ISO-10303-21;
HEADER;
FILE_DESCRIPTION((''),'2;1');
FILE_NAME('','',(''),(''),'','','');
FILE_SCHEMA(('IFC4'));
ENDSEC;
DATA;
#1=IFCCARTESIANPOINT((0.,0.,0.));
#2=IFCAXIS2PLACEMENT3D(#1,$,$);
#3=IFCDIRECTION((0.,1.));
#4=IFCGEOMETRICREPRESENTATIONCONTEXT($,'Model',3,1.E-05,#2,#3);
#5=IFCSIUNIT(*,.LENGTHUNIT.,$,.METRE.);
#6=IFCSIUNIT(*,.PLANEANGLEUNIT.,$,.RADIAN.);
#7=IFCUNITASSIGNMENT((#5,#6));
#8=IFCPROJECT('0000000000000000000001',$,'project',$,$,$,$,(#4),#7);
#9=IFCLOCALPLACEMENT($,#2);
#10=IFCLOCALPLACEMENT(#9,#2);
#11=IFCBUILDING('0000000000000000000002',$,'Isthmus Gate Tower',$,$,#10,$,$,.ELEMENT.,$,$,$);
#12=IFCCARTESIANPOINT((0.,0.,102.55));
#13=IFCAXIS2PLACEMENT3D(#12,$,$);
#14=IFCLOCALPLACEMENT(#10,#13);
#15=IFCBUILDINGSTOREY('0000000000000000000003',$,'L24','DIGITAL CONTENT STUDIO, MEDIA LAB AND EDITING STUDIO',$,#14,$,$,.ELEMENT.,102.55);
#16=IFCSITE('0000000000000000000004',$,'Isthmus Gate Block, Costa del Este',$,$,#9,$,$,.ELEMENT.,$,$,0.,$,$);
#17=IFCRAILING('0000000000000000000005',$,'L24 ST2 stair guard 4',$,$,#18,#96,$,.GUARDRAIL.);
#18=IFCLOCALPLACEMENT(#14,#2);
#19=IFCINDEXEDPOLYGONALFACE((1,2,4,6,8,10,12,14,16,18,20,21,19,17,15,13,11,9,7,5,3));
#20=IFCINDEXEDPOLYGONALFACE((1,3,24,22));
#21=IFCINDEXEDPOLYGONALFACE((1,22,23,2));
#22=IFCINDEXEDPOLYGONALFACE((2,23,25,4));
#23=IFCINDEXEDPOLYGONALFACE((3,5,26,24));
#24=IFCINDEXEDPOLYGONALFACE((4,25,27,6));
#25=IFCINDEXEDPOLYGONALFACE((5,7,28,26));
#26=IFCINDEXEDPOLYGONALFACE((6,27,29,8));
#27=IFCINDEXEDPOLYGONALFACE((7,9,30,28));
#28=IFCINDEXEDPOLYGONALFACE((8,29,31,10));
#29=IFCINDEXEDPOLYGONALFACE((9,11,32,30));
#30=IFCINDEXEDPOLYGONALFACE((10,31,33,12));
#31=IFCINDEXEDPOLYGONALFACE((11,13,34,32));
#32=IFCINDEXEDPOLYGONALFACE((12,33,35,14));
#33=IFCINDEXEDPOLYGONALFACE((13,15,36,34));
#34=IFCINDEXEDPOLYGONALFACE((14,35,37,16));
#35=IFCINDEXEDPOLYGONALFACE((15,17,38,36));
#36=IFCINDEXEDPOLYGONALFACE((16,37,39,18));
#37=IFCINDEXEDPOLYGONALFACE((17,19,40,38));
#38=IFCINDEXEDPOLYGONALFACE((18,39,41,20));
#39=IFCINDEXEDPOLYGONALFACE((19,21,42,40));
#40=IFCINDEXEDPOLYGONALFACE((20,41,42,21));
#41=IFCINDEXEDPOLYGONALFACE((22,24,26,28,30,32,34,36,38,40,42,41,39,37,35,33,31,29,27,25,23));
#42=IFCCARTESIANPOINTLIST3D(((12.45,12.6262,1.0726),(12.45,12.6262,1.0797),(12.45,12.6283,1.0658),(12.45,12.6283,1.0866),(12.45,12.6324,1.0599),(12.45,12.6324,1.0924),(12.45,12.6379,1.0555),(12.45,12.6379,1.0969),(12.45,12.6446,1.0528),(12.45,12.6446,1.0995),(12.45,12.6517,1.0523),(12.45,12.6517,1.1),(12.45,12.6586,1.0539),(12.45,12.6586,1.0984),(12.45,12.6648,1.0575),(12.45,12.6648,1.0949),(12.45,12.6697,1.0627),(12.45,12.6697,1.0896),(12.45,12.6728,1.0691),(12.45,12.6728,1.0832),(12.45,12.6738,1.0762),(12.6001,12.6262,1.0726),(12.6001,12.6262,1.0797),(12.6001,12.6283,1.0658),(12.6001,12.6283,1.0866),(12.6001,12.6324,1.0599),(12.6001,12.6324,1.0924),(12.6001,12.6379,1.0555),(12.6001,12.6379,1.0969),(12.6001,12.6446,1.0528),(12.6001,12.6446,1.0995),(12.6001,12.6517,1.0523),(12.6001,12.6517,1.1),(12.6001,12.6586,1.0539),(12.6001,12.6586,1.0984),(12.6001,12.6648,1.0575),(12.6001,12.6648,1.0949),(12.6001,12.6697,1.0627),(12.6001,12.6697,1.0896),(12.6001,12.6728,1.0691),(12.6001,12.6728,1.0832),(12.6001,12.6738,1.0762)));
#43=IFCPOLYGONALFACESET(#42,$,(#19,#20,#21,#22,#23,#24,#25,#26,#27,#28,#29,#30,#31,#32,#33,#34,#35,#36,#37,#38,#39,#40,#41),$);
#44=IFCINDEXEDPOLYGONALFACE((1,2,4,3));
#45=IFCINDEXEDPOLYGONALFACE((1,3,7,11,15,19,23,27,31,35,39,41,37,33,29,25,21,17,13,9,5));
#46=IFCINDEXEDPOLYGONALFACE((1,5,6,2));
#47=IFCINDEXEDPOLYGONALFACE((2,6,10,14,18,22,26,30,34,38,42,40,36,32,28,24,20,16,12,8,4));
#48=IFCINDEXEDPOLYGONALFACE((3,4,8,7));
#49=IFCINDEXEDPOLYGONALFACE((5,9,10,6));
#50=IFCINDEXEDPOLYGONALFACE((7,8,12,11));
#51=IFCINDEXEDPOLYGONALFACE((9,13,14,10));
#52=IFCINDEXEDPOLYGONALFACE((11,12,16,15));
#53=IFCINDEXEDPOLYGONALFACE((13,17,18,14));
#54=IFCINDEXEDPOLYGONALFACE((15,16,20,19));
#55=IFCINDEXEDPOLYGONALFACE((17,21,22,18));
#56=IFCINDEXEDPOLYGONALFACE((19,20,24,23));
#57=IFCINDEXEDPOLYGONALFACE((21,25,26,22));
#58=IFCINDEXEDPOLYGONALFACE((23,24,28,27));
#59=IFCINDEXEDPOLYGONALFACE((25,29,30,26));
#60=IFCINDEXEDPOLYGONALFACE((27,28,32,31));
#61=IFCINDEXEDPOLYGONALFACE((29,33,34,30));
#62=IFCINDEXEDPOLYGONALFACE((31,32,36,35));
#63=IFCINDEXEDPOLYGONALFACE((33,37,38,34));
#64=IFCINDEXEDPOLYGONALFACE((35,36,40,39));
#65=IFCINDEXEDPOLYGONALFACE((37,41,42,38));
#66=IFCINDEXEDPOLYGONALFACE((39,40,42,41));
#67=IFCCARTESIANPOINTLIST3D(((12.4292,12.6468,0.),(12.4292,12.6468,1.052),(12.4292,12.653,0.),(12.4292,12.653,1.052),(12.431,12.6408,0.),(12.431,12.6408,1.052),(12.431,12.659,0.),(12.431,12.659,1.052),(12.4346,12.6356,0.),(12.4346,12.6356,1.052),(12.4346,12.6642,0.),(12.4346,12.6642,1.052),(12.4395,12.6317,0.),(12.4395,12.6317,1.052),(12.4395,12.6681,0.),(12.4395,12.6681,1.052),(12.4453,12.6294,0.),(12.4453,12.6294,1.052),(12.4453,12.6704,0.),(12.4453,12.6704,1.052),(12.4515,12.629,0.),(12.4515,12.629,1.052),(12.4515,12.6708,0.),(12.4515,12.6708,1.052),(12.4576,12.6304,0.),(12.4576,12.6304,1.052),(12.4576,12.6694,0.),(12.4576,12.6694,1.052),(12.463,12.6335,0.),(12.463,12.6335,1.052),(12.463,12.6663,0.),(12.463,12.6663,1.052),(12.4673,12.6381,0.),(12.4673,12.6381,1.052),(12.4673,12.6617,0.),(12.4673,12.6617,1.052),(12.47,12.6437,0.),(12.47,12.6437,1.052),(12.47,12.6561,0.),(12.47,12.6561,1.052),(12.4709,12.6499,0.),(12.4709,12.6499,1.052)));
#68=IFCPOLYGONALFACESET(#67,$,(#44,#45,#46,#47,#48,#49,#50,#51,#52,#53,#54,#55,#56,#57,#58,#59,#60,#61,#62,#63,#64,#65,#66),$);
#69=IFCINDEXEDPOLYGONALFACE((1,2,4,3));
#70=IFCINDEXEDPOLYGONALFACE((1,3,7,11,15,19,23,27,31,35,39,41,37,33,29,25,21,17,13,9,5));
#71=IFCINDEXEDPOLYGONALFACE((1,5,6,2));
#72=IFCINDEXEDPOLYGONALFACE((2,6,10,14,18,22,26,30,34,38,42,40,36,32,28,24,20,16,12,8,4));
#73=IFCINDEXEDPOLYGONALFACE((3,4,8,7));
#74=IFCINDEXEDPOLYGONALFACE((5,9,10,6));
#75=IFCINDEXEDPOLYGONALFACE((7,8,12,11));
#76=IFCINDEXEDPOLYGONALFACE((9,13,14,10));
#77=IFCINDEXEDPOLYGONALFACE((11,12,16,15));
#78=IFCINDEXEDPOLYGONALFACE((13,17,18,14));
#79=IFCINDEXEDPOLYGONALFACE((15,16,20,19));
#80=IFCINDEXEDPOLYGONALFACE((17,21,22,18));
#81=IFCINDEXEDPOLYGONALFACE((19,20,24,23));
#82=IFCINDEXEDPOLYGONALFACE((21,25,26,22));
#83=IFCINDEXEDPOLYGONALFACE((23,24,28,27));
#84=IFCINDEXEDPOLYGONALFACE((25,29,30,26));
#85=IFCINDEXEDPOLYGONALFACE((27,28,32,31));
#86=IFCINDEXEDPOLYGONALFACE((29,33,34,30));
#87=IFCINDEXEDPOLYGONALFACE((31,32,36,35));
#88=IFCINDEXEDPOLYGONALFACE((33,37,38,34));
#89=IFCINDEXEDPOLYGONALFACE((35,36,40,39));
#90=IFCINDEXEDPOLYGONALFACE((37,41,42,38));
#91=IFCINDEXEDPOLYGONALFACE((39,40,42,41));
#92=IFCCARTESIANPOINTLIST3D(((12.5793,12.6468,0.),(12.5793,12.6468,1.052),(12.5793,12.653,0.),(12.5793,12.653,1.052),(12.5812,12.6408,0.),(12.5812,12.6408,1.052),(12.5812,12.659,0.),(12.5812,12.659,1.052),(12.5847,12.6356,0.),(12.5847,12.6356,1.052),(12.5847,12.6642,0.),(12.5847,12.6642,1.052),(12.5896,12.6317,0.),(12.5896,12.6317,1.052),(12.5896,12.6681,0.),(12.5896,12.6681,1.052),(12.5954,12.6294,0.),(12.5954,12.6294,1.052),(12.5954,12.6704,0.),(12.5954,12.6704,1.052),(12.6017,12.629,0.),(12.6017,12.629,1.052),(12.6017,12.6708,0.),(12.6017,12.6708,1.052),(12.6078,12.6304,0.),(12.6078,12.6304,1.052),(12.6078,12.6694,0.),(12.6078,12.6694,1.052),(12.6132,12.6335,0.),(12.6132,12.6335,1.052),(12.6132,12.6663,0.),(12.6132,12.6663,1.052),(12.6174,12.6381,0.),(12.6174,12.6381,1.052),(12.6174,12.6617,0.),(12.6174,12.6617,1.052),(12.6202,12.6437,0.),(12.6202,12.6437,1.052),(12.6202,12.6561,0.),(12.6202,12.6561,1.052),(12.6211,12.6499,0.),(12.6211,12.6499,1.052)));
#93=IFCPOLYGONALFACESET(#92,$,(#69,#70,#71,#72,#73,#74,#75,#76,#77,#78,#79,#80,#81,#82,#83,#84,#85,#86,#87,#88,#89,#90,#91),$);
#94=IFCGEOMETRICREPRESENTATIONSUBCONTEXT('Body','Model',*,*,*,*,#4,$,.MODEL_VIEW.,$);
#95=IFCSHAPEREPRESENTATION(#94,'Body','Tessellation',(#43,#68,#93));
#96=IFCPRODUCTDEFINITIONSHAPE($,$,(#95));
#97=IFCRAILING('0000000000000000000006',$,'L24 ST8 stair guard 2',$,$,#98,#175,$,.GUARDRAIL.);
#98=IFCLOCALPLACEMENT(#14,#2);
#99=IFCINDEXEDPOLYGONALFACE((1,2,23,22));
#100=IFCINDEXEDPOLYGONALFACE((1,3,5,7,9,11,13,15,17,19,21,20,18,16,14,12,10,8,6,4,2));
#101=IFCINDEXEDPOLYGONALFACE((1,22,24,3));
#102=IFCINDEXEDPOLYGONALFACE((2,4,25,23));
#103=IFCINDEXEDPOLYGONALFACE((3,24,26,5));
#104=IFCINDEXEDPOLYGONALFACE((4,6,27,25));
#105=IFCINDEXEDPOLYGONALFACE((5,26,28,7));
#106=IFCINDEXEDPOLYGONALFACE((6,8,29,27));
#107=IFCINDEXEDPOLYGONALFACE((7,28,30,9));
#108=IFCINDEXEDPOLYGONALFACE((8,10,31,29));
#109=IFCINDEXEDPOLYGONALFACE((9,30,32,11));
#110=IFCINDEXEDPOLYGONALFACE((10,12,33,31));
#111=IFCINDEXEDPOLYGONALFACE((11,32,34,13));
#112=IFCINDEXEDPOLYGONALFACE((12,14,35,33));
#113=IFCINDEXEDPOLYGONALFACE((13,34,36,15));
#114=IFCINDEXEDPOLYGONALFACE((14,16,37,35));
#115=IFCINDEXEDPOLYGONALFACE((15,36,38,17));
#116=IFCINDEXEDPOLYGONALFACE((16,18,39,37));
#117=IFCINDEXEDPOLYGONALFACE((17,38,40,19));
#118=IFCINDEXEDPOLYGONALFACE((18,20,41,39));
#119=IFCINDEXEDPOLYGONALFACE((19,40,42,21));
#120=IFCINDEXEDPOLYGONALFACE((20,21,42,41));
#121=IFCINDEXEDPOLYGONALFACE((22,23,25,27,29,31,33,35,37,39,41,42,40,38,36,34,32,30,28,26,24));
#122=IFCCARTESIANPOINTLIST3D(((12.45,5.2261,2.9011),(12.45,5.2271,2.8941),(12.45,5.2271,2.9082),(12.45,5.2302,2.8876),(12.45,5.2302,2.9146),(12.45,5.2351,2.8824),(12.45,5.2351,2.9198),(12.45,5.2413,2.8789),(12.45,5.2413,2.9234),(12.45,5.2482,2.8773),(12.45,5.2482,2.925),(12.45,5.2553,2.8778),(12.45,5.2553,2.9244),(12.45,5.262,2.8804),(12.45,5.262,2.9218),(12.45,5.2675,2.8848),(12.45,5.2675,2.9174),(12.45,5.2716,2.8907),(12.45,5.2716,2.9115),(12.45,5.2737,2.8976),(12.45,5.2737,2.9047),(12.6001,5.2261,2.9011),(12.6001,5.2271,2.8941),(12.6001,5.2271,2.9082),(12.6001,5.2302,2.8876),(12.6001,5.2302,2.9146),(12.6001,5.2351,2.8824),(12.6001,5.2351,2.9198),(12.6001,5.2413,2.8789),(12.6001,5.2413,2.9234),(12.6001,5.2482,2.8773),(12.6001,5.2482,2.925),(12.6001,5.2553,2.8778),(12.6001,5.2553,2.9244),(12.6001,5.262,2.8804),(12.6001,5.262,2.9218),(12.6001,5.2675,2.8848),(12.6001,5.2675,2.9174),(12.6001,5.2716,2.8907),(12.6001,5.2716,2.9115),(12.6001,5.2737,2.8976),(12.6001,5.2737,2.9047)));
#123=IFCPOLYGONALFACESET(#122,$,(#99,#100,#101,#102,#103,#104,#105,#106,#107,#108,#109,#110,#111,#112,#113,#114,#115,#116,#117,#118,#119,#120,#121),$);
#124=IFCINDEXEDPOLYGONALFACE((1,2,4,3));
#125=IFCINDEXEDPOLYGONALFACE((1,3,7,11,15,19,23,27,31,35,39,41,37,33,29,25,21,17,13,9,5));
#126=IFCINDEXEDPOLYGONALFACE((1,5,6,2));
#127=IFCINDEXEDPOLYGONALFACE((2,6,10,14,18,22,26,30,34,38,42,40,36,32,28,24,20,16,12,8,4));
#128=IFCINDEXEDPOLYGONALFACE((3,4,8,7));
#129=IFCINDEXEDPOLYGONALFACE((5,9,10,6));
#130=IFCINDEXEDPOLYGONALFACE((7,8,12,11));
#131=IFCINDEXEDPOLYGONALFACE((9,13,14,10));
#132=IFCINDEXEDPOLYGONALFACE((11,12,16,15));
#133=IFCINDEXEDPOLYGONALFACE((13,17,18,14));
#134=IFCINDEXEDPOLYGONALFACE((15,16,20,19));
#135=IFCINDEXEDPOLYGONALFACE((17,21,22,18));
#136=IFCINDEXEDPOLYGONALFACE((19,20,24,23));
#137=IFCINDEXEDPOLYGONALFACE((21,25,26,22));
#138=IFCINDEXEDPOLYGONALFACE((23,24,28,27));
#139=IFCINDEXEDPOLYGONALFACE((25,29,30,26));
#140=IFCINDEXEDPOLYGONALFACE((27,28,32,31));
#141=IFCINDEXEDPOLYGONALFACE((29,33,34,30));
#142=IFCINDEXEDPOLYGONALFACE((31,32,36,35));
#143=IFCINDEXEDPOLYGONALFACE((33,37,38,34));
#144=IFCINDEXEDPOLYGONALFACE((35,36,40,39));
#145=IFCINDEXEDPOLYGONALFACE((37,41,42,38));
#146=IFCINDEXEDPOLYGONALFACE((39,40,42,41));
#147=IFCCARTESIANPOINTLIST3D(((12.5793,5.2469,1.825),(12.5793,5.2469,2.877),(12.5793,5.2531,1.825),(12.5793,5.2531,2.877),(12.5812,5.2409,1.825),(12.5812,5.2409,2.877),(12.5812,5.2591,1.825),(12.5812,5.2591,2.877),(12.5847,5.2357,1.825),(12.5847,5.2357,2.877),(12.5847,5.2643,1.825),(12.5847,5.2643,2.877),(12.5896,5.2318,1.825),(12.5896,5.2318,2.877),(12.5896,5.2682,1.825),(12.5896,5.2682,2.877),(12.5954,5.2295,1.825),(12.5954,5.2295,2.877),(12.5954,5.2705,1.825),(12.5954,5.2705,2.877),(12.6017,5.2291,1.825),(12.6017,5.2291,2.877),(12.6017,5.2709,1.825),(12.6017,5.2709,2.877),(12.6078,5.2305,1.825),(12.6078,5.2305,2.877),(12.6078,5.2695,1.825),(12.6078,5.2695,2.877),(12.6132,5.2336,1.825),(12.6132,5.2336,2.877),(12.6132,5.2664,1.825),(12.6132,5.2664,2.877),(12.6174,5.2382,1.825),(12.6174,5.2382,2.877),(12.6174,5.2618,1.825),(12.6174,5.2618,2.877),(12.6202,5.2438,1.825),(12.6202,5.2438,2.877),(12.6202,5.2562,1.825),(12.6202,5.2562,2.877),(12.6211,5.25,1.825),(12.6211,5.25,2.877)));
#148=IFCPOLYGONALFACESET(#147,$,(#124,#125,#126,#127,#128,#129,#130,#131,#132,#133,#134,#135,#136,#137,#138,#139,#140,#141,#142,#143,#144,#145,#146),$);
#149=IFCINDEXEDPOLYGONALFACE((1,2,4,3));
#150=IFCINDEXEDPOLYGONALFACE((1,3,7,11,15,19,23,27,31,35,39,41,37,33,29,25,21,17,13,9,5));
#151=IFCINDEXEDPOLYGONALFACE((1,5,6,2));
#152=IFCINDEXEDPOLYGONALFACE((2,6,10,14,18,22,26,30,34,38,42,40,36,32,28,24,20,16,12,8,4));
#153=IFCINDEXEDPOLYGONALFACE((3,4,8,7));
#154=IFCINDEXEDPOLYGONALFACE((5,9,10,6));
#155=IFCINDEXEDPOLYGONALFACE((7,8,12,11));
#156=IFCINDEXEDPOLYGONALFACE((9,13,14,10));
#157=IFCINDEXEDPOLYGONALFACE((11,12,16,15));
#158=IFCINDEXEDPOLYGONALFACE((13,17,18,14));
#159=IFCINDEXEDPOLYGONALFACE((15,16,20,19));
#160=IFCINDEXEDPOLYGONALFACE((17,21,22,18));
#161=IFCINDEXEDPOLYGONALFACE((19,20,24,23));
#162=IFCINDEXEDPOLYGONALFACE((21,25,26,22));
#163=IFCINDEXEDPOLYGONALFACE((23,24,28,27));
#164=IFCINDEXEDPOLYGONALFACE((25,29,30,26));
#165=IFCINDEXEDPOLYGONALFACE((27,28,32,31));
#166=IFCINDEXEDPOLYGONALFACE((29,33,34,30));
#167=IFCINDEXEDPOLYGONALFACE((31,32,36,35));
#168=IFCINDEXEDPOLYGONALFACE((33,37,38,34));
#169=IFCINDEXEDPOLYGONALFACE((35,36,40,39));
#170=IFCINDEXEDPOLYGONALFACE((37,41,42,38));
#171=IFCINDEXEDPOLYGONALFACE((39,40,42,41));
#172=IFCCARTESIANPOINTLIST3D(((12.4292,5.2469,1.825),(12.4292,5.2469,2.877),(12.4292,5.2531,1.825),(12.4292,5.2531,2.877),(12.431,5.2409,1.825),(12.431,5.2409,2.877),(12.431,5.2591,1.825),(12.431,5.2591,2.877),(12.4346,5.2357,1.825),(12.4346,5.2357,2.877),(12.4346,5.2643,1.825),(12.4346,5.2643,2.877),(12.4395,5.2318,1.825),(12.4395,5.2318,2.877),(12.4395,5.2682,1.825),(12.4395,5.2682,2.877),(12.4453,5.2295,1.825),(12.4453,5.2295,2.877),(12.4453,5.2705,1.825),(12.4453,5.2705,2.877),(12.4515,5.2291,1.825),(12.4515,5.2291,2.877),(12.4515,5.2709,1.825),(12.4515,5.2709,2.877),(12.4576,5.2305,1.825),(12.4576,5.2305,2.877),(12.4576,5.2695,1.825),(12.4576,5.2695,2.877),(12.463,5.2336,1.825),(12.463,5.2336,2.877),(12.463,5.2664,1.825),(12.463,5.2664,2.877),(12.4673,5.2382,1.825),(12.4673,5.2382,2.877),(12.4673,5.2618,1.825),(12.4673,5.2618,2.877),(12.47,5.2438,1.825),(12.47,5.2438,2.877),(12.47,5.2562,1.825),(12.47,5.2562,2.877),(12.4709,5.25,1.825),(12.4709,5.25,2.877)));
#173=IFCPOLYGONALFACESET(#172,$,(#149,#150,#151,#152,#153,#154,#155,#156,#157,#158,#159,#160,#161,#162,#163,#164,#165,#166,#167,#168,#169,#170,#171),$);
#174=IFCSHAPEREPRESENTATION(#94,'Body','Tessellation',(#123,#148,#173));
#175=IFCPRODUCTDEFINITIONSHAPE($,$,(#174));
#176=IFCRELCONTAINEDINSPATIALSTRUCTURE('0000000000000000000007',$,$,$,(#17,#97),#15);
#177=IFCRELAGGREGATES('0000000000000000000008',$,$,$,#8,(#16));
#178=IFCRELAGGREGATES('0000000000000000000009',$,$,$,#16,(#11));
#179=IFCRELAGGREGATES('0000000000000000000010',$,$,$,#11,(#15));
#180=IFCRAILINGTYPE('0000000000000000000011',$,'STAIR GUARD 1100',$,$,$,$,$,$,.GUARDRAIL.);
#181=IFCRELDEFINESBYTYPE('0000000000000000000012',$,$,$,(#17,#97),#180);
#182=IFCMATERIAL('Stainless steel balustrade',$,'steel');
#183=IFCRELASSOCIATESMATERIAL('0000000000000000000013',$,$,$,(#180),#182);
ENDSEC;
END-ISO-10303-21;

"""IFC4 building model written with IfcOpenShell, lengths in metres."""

from ifc_helpers import new_model, si_unit, direction, frame, origin, origin_2d, place, context, subcontext, project, spatial, circle, extrude, material, type_object, element, save


model = new_model("IFC4")

# Units and contexts
model_context = context("Model", 3, precision=1e-05, world=origin(), true_north=direction((0.0, 1.0)))
body_context = subcontext(model_context, "Body", "Model", "MODEL_VIEW")
ifc_project = project(units=[si_unit("LENGTHUNIT", "METRE"), si_unit("PLANEANGLEUNIT", "RADIAN")], contexts=[model_context])

# Site, building, storey
site_placement = place(None, origin())
site = spatial("IfcSite", under=ifc_project, at=site_placement, Name="Isthmus Gate Block, Costa del Este", CompositionType="ELEMENT", RefElevation=0.0)
building_placement = place(site_placement, origin())
building = spatial("IfcBuilding", under=site, at=building_placement, Name="Isthmus Gate Tower", CompositionType="ELEMENT")
storey_placement = place(building_placement, frame((0.0, 0.0, 102.55)))
storey = spatial("IfcBuildingStorey", under=building, at=storey_placement, Name="L24", Description="DIGITAL CONTENT STUDIO, MEDIA LAB AND EDITING STUDIO", CompositionType="ELEMENT", Elevation=102.55)

# Railings
ifc_material_1 = material(Name="Stainless steel balustrade", Category="steel")
railing_type_1 = type_object("IfcRailingType", Name="STAIR GUARD 1100", PredefinedType="GUARDRAIL", material=ifc_material_1)
railing_1_placement = place(storey_placement, frame((12.45, 12.6499, 0.0)))
element("IfcRailing", 1, at=railing_1_placement, inside=storey, type_object=railing_type_1, Name="L24 ST2 stair guard 4", PredefinedType="GUARDRAIL", context=body_context, shape_type="SweptSolid", body=[
    extrude(circle(Radius=0.0239, at=origin_2d()), frame((0.0, 0.0, 1.0762), z_axis=(1.0, 0.0, 0.0), x_axis=(0.0, 1.0, 0.0)), (0.0, 0.0, 1.0), 0.1501),
    extrude(circle(Radius=0.021, at=origin_2d()), origin(), (0.0, 0.0, 1.0), 1.052),
    extrude(circle(Radius=0.021, at=origin_2d()), frame((0.1501, 0.0, 0.0)), (0.0, 0.0, 1.0), 1.052),
])
railing_2_placement = place(storey_placement, frame((12.6001, 5.25, 1.825)))
element("IfcRailing", 2, at=railing_2_placement, inside=storey, type_object=railing_type_1, Name="L24 ST8 stair guard 2", PredefinedType="GUARDRAIL", context=body_context, shape_type="SweptSolid", body=[
    extrude(circle(Radius=0.0239, at=origin_2d()), frame((0.0, 0.0, 1.0762), z_axis=(-1.0, 0.0, 0.0), x_axis=(0.0, -1.0, 0.0)), (0.0, 0.0, 1.0), 0.1501),
    extrude(circle(Radius=0.021, at=origin_2d()), origin(), (0.0, 0.0, 1.0), 1.052),
    extrude(circle(Radius=0.021, at=origin_2d()), frame((-0.1501, 0.0, 0.0)), (0.0, 0.0, 1.0), 1.052),
])

save(model, "model.ifc")
